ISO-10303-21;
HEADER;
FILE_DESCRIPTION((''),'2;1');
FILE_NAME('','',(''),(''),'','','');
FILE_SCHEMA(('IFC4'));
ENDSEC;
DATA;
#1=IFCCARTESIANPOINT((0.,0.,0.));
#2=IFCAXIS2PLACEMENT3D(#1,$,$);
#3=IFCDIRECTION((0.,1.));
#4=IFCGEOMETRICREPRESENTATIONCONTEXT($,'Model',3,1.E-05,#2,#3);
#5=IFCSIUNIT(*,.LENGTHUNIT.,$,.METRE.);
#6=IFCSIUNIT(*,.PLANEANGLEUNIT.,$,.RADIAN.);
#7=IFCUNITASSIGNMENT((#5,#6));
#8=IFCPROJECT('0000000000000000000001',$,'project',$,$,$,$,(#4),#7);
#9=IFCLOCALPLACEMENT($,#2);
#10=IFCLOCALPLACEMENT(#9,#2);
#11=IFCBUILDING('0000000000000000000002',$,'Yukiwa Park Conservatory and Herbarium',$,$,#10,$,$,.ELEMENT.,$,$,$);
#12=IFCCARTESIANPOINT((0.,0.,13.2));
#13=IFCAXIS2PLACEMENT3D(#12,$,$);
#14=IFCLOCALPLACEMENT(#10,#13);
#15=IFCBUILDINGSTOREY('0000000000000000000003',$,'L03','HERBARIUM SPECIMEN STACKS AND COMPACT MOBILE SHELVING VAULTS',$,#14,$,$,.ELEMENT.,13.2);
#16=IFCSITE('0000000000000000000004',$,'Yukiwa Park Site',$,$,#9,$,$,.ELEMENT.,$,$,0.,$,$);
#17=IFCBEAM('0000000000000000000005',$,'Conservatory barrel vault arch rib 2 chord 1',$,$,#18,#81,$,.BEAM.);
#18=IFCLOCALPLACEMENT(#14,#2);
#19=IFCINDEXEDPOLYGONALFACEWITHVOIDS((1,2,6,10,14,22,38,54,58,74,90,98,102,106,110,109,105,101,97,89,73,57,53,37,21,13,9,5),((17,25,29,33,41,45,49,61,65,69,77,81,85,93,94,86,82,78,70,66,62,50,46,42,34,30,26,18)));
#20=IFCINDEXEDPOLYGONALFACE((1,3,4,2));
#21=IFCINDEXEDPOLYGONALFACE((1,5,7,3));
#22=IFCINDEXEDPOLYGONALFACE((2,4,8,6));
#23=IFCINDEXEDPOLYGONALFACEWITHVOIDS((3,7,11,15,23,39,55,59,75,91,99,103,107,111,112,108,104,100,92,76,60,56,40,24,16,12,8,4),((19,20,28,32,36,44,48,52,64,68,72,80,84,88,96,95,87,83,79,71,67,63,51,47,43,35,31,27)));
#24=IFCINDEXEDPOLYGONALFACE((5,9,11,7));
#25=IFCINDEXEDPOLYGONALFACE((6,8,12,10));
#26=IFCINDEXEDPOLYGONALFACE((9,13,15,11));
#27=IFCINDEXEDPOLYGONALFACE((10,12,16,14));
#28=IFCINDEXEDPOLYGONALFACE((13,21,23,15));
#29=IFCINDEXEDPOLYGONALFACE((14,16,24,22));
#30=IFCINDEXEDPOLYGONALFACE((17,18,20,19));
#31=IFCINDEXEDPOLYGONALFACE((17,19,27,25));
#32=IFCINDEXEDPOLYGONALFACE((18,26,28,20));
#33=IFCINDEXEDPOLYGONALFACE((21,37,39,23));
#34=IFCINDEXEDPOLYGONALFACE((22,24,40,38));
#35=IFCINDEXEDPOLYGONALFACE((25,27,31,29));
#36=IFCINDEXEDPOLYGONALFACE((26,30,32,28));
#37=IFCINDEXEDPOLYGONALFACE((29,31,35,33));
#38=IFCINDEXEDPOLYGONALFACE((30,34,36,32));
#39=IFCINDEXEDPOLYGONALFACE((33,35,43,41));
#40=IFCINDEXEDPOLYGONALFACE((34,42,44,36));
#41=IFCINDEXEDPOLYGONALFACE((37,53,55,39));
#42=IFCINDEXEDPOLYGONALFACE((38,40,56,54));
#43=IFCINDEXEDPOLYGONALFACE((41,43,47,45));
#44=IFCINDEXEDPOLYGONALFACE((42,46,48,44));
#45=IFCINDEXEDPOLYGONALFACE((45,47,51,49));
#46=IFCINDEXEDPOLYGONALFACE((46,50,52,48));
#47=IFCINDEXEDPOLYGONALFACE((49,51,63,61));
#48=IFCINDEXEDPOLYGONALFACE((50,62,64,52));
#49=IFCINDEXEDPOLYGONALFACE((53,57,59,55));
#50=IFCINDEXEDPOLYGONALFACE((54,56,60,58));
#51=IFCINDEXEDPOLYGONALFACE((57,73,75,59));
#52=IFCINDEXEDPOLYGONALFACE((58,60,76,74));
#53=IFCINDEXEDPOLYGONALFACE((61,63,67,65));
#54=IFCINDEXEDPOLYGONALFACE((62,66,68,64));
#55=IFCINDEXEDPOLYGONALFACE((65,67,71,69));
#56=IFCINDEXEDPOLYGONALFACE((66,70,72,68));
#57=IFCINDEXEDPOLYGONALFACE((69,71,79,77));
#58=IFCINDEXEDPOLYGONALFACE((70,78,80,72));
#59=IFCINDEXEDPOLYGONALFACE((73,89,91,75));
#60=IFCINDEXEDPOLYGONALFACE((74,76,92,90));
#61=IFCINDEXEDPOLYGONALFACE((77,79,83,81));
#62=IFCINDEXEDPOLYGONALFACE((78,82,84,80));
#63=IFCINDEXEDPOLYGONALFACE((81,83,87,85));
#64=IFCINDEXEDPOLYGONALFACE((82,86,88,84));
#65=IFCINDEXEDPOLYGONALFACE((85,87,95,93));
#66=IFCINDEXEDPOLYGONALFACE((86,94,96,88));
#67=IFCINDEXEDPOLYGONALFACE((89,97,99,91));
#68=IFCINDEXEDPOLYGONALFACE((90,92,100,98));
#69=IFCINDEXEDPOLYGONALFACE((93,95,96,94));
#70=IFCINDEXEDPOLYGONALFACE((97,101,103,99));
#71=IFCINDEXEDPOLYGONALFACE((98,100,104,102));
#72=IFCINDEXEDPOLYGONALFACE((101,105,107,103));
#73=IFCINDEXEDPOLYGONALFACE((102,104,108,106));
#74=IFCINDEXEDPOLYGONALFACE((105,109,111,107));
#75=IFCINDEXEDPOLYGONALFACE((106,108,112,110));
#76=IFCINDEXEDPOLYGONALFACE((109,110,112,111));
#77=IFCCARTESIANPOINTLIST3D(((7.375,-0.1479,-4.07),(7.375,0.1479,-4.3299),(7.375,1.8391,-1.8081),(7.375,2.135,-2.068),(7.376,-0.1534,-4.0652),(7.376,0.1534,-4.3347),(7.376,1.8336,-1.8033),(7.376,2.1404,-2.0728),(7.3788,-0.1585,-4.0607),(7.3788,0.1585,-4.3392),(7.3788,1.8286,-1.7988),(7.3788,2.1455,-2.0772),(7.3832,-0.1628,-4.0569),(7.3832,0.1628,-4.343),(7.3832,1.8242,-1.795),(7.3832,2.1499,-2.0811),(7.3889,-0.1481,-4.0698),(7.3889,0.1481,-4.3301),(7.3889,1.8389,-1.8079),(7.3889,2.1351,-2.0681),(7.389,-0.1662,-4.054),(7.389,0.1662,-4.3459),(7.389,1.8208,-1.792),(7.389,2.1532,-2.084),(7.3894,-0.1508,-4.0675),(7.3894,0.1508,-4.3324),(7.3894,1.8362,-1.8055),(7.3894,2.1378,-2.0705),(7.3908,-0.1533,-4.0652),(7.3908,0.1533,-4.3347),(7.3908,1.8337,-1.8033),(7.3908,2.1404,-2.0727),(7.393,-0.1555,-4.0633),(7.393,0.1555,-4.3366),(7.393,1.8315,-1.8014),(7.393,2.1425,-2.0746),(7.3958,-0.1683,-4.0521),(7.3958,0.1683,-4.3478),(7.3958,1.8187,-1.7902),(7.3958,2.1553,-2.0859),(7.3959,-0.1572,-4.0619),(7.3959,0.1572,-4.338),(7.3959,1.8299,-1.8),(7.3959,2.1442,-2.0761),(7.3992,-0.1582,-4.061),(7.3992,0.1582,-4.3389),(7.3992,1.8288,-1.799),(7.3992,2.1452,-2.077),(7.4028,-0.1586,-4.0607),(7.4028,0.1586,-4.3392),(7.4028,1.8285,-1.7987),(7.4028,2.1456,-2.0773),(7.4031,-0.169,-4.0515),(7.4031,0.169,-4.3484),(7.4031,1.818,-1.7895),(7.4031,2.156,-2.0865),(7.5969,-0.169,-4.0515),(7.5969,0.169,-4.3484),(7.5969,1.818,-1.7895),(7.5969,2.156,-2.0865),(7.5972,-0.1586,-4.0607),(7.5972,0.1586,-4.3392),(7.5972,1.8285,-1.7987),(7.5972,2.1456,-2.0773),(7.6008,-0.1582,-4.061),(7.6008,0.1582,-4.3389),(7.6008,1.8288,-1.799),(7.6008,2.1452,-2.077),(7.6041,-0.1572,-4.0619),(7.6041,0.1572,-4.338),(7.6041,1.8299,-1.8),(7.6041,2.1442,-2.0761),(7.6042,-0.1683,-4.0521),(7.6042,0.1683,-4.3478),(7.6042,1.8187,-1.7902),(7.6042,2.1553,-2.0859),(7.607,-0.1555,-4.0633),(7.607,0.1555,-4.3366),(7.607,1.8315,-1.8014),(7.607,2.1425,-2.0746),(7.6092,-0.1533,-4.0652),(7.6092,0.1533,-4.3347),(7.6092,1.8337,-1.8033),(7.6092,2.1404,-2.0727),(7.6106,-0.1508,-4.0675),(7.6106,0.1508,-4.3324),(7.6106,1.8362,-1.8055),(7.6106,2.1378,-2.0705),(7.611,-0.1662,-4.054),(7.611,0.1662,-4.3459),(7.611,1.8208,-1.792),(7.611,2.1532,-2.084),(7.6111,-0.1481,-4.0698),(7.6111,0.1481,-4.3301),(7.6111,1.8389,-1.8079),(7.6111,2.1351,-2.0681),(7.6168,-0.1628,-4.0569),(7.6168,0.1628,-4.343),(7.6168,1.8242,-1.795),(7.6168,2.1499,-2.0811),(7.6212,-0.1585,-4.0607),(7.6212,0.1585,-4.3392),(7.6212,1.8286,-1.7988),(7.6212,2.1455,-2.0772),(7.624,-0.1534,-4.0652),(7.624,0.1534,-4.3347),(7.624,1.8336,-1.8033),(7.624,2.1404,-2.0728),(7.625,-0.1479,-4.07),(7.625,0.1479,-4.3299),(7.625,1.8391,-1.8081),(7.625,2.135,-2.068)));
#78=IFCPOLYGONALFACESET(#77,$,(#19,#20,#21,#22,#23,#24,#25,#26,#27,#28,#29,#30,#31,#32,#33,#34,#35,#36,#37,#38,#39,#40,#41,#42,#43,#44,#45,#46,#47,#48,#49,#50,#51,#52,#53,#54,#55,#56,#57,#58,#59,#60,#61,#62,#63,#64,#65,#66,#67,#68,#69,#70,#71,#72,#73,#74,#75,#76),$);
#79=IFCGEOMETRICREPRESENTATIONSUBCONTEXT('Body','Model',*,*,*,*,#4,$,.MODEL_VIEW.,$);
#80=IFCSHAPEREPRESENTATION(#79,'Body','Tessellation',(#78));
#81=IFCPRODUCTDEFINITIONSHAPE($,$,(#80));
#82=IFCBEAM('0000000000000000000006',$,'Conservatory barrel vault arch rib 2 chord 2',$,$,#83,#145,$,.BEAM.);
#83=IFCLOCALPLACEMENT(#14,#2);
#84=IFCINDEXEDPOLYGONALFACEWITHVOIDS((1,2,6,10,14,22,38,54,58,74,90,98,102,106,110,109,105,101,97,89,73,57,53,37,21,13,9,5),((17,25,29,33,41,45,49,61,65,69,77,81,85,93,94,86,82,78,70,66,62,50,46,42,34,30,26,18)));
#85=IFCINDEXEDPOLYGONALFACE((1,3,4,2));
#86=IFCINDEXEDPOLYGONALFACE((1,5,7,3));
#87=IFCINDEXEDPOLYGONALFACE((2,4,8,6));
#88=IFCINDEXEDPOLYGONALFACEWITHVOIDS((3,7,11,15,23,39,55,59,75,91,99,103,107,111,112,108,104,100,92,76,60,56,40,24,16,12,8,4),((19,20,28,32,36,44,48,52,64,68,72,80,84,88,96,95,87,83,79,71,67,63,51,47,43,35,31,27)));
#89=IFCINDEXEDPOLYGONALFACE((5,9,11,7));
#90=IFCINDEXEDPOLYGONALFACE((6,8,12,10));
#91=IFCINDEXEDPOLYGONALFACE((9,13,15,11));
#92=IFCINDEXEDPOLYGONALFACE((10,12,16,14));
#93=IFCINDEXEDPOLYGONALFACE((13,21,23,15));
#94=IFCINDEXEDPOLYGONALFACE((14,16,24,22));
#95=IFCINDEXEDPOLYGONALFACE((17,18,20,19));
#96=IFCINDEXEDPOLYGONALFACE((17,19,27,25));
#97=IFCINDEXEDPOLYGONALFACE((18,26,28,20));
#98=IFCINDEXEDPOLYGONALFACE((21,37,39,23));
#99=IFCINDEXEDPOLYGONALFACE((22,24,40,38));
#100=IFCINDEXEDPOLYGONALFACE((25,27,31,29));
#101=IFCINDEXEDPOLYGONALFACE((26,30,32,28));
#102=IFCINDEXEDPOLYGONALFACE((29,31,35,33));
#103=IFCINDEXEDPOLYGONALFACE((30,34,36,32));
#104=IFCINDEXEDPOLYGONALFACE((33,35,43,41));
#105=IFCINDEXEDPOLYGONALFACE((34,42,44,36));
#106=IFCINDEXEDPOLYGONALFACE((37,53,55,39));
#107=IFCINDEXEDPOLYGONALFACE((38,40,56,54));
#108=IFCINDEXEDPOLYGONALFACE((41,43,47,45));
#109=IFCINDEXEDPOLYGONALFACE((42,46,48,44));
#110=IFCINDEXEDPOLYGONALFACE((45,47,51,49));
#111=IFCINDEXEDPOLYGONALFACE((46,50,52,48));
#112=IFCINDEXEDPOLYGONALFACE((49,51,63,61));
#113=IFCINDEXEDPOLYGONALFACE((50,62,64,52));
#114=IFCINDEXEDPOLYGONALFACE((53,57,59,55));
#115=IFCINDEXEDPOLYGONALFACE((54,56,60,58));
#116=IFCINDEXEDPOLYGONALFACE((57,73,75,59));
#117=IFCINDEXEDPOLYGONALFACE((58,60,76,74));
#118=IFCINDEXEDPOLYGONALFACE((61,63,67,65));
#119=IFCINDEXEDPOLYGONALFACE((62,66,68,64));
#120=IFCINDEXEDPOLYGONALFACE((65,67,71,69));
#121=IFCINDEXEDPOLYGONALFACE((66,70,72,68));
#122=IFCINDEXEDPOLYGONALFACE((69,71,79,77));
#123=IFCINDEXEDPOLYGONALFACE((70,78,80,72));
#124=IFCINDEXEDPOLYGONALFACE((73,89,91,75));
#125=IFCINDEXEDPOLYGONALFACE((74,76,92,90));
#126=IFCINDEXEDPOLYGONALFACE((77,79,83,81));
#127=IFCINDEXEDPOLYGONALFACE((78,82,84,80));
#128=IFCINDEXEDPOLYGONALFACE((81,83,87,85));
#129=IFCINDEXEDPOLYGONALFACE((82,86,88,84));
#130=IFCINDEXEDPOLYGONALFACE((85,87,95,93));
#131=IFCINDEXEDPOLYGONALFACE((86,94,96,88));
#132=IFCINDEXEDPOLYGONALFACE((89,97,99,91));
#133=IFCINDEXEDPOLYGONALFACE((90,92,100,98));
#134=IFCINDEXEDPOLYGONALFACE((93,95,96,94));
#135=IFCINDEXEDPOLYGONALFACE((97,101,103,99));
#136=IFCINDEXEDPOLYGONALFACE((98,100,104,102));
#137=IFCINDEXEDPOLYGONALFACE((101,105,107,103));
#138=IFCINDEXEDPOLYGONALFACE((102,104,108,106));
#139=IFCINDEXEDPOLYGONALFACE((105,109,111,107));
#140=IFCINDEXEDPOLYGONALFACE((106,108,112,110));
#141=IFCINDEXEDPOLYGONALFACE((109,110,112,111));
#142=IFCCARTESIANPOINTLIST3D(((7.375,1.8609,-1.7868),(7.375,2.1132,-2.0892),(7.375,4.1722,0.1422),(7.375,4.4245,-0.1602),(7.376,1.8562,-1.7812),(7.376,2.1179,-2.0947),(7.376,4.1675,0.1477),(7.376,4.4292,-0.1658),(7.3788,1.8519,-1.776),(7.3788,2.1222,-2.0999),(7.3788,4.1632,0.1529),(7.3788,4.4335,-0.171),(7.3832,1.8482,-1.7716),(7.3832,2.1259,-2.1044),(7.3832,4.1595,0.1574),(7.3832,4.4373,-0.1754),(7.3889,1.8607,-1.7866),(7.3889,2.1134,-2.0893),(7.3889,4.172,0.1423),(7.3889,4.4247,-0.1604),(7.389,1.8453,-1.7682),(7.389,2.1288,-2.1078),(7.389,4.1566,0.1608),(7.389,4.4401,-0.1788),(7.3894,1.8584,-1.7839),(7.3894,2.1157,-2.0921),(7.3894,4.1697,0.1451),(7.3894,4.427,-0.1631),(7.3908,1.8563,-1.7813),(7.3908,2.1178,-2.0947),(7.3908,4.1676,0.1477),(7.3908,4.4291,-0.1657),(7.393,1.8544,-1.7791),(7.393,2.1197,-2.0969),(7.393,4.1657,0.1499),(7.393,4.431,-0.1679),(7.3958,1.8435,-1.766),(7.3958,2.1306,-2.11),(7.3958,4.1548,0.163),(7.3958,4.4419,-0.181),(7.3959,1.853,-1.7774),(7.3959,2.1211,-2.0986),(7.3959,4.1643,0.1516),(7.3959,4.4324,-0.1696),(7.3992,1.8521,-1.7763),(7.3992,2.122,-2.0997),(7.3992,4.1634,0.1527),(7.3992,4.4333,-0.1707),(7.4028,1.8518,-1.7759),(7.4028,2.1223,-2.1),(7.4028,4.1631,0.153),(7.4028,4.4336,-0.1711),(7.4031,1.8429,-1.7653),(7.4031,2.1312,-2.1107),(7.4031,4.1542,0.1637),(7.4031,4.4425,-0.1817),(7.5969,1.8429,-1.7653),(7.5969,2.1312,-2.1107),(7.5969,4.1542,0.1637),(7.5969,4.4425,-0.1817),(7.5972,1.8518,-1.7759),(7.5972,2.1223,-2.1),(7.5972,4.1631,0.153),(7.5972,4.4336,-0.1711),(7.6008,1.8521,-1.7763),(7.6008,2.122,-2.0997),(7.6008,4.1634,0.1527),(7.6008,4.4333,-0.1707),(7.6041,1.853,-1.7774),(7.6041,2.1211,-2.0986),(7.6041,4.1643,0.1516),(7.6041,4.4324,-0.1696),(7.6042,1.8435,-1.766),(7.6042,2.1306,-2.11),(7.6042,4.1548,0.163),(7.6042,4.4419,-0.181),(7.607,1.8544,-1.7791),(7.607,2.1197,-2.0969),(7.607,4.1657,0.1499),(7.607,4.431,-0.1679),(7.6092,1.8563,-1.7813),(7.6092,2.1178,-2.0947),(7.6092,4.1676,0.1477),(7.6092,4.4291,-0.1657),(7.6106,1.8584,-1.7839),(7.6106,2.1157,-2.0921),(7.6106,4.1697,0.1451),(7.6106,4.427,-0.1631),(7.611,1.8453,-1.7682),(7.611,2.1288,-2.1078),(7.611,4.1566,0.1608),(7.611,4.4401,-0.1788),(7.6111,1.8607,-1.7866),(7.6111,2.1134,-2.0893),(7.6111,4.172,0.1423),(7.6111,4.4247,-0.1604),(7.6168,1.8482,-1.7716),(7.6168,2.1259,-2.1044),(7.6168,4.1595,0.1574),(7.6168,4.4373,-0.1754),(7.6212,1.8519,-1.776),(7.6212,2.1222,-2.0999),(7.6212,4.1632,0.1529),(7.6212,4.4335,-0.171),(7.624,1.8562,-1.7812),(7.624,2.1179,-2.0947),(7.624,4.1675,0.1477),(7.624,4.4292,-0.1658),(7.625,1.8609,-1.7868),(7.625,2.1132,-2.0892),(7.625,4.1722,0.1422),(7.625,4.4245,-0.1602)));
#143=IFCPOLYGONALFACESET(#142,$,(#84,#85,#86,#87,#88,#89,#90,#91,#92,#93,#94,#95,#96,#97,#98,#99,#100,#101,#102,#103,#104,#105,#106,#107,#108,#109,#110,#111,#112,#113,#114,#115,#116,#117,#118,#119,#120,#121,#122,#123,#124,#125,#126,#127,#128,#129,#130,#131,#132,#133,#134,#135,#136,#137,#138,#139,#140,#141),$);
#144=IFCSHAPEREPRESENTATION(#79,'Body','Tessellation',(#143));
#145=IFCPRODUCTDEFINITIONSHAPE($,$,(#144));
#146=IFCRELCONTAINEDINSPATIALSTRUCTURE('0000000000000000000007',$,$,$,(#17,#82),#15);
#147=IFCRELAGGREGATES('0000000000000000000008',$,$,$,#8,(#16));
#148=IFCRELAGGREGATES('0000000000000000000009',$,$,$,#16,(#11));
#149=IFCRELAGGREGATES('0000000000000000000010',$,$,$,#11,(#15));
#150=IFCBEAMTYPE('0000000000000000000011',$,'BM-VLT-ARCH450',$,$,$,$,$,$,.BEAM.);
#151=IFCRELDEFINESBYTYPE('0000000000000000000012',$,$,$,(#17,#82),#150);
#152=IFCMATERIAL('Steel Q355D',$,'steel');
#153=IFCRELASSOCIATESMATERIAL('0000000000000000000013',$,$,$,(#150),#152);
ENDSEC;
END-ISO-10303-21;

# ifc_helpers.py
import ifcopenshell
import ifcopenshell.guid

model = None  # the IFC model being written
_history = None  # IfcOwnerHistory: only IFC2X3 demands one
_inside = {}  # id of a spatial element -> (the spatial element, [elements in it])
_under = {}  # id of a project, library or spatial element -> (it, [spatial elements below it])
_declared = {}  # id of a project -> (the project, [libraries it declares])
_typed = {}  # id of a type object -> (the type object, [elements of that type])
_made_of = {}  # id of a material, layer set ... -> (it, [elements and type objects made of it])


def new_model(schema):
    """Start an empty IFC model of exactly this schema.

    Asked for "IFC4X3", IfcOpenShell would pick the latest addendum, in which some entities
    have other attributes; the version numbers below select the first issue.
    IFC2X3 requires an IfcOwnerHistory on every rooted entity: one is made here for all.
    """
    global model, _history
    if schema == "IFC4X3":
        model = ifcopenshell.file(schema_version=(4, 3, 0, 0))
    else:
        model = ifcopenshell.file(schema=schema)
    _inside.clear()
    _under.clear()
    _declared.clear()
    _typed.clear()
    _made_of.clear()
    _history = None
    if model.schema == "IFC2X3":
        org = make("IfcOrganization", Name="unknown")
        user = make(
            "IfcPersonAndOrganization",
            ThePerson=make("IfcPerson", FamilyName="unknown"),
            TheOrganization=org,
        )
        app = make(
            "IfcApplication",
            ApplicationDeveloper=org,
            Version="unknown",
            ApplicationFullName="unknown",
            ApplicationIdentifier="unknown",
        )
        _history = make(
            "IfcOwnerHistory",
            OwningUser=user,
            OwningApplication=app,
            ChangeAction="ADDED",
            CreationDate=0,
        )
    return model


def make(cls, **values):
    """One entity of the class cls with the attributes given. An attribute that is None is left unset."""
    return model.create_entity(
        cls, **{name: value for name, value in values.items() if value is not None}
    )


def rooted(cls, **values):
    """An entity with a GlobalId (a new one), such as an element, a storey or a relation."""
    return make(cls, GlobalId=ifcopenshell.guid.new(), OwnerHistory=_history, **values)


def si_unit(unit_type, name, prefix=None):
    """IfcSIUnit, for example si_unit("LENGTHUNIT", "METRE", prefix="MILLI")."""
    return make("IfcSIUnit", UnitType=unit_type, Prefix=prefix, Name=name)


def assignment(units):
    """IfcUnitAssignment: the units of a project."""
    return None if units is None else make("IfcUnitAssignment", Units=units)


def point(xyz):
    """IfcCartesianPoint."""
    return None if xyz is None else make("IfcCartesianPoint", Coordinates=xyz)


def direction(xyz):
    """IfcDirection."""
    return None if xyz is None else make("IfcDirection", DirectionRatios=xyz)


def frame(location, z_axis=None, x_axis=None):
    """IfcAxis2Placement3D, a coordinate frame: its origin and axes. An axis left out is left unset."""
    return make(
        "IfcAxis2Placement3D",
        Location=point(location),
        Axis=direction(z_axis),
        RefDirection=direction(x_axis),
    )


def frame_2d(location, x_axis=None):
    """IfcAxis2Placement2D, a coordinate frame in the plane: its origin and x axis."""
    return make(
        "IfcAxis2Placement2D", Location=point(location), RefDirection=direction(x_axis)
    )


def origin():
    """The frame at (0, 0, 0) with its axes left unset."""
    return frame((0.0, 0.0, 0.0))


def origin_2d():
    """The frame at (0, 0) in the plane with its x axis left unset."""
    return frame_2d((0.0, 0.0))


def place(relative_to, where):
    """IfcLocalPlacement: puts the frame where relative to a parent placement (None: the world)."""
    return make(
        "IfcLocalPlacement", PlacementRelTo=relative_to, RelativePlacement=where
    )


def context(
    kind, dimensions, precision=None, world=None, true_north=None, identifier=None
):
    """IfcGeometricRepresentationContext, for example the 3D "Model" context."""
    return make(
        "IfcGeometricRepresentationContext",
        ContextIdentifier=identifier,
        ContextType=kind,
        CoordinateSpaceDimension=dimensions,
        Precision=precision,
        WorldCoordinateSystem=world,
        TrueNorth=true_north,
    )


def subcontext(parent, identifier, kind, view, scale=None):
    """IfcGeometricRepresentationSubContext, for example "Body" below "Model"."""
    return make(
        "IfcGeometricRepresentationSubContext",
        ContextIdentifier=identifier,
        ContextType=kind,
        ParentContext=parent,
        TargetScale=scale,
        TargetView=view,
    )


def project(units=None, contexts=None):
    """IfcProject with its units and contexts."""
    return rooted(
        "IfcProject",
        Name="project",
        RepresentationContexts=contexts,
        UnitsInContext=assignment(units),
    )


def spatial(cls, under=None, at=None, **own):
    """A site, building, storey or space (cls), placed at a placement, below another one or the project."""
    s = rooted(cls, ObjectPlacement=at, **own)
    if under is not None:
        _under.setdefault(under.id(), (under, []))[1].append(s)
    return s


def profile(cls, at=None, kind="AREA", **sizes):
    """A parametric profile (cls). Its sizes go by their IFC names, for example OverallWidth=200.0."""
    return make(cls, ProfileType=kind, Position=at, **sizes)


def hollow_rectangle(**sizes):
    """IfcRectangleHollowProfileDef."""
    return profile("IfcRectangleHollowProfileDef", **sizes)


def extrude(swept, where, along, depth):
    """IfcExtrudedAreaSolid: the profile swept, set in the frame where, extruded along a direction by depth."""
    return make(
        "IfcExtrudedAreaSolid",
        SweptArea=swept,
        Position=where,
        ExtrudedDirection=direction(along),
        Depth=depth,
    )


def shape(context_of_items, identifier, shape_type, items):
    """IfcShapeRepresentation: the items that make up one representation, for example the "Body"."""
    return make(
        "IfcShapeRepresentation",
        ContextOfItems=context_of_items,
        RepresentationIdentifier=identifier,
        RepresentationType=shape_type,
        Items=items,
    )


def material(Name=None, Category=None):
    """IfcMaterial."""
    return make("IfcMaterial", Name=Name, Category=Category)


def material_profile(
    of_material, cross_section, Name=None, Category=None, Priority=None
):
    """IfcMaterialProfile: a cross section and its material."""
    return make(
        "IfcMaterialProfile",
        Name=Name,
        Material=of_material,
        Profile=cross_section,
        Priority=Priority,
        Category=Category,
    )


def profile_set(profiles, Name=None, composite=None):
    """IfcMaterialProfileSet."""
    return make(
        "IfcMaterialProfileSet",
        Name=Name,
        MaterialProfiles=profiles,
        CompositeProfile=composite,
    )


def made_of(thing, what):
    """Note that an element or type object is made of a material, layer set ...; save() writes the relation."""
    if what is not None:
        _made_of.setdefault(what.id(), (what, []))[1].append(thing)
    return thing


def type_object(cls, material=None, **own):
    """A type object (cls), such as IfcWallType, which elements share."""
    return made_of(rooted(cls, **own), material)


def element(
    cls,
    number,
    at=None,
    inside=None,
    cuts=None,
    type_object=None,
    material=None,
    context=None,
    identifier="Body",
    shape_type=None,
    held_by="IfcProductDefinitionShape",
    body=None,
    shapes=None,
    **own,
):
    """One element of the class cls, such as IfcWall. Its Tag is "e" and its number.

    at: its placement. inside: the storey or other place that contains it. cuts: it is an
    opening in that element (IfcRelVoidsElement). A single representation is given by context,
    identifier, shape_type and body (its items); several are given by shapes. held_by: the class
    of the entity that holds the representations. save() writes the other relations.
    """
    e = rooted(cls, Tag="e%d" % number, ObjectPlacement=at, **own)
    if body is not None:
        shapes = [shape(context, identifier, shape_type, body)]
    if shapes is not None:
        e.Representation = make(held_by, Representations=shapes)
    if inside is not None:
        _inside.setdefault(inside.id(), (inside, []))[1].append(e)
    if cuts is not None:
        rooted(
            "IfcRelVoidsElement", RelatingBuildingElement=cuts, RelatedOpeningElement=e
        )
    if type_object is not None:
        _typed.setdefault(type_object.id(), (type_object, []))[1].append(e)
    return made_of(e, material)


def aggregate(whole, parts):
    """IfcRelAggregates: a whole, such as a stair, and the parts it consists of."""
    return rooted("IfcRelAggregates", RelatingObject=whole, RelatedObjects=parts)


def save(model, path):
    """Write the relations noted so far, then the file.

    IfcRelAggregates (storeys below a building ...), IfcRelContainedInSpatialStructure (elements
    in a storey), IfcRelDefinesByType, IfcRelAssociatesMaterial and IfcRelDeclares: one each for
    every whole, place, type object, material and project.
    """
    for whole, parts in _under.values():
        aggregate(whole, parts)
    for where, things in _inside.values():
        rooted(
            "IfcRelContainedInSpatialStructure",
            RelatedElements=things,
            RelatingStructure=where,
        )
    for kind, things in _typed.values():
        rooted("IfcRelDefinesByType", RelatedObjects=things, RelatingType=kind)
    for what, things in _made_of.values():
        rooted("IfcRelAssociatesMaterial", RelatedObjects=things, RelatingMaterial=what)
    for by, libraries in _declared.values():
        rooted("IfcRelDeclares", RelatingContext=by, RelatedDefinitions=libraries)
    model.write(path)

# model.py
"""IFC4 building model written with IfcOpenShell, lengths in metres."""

from ifc_helpers import new_model, si_unit, direction, frame, origin, origin_2d, place, context, subcontext, project, spatial, hollow_rectangle, extrude, material, material_profile, profile_set, type_object, element, save


model = new_model("IFC4")

# Units and contexts
model_context = context("Model", 3, precision=1e-05, world=origin(), true_north=direction((0.0, 1.0)))
body_context = subcontext(model_context, "Body", "Model", "MODEL_VIEW")
ifc_project = project(units=[si_unit("LENGTHUNIT", "METRE"), si_unit("PLANEANGLEUNIT", "RADIAN")], contexts=[model_context])

# Site, building, storey
site_placement = place(None, origin())
site = spatial("IfcSite", under=ifc_project, at=site_placement, Name="Yukiwa Park Site", CompositionType="ELEMENT", RefElevation=0.0)
building_placement = place(site_placement, origin())
building = spatial("IfcBuilding", under=site, at=building_placement, Name="Yukiwa Park Conservatory and Herbarium", CompositionType="ELEMENT")
storey_placement = place(building_placement, frame((0.0, 0.0, 13.2)))
storey = spatial("IfcBuildingStorey", under=building, at=storey_placement, Name="L03", Description="HERBARIUM SPECIMEN STACKS AND COMPACT MOBILE SHELVING VAULTS", CompositionType="ELEMENT", Elevation=13.2)

# Beams
ifc_material_1 = material(Name="Steel Q355D", Category="steel")
ifc_material_profile_1 = material_profile(ifc_material_1, hollow_rectangle(XDim=0.25, YDim=0.45, WallThickness=0.0139, InnerFilletRadius=0.0139, OuterFilletRadius=0.0281, at=origin_2d()), Name="RHS 450x250x14")
ifc_profile_set_1 = profile_set([ifc_material_profile_1], Name="Steel Q355D")
beam_type_1 = type_object("IfcBeamType", Name="BM-VLT-ARCH450", PredefinedType="BEAM", material=ifc_profile_set_1)
beam_1_placement = place(storey_placement, frame((7.5, 0.0, -4.2), z_axis=(0.0, 0.659979, 0.751284), x_axis=(-1.0, 0.0, 0.0)))
element("IfcBeam", 1, at=beam_1_placement, inside=storey, type_object=beam_type_1, Name="Conservatory barrel vault arch rib 2 chord 1", PredefinedType="BEAM", context=body_context, shape_type="SweptSolid", body=[
    extrude(hollow_rectangle(XDim=0.25, YDim=0.45, WallThickness=0.0139, InnerFilletRadius=0.0139, OuterFilletRadius=0.0281, at=origin_2d()), origin(), (0.0, 0.0, 1.0), 3.0107),
])
beam_2_placement = place(storey_placement, frame((7.5, 1.9871, -1.938), z_axis=(0.0, 0.767749, 0.640751), x_axis=(-1.0, 0.0, 0.0)))
element("IfcBeam", 2, at=beam_2_placement, inside=storey, type_object=beam_type_1, Name="Conservatory barrel vault arch rib 2 chord 2", PredefinedType="BEAM", context=body_context, shape_type="SweptSolid", body=[
    extrude(hollow_rectangle(XDim=0.25, YDim=0.45, WallThickness=0.0139, InnerFilletRadius=0.0139, OuterFilletRadius=0.0281, at=origin_2d()), origin(), (0.0, 0.0, 1.0), 3.0105),
])

save(model, "model.ifc")
